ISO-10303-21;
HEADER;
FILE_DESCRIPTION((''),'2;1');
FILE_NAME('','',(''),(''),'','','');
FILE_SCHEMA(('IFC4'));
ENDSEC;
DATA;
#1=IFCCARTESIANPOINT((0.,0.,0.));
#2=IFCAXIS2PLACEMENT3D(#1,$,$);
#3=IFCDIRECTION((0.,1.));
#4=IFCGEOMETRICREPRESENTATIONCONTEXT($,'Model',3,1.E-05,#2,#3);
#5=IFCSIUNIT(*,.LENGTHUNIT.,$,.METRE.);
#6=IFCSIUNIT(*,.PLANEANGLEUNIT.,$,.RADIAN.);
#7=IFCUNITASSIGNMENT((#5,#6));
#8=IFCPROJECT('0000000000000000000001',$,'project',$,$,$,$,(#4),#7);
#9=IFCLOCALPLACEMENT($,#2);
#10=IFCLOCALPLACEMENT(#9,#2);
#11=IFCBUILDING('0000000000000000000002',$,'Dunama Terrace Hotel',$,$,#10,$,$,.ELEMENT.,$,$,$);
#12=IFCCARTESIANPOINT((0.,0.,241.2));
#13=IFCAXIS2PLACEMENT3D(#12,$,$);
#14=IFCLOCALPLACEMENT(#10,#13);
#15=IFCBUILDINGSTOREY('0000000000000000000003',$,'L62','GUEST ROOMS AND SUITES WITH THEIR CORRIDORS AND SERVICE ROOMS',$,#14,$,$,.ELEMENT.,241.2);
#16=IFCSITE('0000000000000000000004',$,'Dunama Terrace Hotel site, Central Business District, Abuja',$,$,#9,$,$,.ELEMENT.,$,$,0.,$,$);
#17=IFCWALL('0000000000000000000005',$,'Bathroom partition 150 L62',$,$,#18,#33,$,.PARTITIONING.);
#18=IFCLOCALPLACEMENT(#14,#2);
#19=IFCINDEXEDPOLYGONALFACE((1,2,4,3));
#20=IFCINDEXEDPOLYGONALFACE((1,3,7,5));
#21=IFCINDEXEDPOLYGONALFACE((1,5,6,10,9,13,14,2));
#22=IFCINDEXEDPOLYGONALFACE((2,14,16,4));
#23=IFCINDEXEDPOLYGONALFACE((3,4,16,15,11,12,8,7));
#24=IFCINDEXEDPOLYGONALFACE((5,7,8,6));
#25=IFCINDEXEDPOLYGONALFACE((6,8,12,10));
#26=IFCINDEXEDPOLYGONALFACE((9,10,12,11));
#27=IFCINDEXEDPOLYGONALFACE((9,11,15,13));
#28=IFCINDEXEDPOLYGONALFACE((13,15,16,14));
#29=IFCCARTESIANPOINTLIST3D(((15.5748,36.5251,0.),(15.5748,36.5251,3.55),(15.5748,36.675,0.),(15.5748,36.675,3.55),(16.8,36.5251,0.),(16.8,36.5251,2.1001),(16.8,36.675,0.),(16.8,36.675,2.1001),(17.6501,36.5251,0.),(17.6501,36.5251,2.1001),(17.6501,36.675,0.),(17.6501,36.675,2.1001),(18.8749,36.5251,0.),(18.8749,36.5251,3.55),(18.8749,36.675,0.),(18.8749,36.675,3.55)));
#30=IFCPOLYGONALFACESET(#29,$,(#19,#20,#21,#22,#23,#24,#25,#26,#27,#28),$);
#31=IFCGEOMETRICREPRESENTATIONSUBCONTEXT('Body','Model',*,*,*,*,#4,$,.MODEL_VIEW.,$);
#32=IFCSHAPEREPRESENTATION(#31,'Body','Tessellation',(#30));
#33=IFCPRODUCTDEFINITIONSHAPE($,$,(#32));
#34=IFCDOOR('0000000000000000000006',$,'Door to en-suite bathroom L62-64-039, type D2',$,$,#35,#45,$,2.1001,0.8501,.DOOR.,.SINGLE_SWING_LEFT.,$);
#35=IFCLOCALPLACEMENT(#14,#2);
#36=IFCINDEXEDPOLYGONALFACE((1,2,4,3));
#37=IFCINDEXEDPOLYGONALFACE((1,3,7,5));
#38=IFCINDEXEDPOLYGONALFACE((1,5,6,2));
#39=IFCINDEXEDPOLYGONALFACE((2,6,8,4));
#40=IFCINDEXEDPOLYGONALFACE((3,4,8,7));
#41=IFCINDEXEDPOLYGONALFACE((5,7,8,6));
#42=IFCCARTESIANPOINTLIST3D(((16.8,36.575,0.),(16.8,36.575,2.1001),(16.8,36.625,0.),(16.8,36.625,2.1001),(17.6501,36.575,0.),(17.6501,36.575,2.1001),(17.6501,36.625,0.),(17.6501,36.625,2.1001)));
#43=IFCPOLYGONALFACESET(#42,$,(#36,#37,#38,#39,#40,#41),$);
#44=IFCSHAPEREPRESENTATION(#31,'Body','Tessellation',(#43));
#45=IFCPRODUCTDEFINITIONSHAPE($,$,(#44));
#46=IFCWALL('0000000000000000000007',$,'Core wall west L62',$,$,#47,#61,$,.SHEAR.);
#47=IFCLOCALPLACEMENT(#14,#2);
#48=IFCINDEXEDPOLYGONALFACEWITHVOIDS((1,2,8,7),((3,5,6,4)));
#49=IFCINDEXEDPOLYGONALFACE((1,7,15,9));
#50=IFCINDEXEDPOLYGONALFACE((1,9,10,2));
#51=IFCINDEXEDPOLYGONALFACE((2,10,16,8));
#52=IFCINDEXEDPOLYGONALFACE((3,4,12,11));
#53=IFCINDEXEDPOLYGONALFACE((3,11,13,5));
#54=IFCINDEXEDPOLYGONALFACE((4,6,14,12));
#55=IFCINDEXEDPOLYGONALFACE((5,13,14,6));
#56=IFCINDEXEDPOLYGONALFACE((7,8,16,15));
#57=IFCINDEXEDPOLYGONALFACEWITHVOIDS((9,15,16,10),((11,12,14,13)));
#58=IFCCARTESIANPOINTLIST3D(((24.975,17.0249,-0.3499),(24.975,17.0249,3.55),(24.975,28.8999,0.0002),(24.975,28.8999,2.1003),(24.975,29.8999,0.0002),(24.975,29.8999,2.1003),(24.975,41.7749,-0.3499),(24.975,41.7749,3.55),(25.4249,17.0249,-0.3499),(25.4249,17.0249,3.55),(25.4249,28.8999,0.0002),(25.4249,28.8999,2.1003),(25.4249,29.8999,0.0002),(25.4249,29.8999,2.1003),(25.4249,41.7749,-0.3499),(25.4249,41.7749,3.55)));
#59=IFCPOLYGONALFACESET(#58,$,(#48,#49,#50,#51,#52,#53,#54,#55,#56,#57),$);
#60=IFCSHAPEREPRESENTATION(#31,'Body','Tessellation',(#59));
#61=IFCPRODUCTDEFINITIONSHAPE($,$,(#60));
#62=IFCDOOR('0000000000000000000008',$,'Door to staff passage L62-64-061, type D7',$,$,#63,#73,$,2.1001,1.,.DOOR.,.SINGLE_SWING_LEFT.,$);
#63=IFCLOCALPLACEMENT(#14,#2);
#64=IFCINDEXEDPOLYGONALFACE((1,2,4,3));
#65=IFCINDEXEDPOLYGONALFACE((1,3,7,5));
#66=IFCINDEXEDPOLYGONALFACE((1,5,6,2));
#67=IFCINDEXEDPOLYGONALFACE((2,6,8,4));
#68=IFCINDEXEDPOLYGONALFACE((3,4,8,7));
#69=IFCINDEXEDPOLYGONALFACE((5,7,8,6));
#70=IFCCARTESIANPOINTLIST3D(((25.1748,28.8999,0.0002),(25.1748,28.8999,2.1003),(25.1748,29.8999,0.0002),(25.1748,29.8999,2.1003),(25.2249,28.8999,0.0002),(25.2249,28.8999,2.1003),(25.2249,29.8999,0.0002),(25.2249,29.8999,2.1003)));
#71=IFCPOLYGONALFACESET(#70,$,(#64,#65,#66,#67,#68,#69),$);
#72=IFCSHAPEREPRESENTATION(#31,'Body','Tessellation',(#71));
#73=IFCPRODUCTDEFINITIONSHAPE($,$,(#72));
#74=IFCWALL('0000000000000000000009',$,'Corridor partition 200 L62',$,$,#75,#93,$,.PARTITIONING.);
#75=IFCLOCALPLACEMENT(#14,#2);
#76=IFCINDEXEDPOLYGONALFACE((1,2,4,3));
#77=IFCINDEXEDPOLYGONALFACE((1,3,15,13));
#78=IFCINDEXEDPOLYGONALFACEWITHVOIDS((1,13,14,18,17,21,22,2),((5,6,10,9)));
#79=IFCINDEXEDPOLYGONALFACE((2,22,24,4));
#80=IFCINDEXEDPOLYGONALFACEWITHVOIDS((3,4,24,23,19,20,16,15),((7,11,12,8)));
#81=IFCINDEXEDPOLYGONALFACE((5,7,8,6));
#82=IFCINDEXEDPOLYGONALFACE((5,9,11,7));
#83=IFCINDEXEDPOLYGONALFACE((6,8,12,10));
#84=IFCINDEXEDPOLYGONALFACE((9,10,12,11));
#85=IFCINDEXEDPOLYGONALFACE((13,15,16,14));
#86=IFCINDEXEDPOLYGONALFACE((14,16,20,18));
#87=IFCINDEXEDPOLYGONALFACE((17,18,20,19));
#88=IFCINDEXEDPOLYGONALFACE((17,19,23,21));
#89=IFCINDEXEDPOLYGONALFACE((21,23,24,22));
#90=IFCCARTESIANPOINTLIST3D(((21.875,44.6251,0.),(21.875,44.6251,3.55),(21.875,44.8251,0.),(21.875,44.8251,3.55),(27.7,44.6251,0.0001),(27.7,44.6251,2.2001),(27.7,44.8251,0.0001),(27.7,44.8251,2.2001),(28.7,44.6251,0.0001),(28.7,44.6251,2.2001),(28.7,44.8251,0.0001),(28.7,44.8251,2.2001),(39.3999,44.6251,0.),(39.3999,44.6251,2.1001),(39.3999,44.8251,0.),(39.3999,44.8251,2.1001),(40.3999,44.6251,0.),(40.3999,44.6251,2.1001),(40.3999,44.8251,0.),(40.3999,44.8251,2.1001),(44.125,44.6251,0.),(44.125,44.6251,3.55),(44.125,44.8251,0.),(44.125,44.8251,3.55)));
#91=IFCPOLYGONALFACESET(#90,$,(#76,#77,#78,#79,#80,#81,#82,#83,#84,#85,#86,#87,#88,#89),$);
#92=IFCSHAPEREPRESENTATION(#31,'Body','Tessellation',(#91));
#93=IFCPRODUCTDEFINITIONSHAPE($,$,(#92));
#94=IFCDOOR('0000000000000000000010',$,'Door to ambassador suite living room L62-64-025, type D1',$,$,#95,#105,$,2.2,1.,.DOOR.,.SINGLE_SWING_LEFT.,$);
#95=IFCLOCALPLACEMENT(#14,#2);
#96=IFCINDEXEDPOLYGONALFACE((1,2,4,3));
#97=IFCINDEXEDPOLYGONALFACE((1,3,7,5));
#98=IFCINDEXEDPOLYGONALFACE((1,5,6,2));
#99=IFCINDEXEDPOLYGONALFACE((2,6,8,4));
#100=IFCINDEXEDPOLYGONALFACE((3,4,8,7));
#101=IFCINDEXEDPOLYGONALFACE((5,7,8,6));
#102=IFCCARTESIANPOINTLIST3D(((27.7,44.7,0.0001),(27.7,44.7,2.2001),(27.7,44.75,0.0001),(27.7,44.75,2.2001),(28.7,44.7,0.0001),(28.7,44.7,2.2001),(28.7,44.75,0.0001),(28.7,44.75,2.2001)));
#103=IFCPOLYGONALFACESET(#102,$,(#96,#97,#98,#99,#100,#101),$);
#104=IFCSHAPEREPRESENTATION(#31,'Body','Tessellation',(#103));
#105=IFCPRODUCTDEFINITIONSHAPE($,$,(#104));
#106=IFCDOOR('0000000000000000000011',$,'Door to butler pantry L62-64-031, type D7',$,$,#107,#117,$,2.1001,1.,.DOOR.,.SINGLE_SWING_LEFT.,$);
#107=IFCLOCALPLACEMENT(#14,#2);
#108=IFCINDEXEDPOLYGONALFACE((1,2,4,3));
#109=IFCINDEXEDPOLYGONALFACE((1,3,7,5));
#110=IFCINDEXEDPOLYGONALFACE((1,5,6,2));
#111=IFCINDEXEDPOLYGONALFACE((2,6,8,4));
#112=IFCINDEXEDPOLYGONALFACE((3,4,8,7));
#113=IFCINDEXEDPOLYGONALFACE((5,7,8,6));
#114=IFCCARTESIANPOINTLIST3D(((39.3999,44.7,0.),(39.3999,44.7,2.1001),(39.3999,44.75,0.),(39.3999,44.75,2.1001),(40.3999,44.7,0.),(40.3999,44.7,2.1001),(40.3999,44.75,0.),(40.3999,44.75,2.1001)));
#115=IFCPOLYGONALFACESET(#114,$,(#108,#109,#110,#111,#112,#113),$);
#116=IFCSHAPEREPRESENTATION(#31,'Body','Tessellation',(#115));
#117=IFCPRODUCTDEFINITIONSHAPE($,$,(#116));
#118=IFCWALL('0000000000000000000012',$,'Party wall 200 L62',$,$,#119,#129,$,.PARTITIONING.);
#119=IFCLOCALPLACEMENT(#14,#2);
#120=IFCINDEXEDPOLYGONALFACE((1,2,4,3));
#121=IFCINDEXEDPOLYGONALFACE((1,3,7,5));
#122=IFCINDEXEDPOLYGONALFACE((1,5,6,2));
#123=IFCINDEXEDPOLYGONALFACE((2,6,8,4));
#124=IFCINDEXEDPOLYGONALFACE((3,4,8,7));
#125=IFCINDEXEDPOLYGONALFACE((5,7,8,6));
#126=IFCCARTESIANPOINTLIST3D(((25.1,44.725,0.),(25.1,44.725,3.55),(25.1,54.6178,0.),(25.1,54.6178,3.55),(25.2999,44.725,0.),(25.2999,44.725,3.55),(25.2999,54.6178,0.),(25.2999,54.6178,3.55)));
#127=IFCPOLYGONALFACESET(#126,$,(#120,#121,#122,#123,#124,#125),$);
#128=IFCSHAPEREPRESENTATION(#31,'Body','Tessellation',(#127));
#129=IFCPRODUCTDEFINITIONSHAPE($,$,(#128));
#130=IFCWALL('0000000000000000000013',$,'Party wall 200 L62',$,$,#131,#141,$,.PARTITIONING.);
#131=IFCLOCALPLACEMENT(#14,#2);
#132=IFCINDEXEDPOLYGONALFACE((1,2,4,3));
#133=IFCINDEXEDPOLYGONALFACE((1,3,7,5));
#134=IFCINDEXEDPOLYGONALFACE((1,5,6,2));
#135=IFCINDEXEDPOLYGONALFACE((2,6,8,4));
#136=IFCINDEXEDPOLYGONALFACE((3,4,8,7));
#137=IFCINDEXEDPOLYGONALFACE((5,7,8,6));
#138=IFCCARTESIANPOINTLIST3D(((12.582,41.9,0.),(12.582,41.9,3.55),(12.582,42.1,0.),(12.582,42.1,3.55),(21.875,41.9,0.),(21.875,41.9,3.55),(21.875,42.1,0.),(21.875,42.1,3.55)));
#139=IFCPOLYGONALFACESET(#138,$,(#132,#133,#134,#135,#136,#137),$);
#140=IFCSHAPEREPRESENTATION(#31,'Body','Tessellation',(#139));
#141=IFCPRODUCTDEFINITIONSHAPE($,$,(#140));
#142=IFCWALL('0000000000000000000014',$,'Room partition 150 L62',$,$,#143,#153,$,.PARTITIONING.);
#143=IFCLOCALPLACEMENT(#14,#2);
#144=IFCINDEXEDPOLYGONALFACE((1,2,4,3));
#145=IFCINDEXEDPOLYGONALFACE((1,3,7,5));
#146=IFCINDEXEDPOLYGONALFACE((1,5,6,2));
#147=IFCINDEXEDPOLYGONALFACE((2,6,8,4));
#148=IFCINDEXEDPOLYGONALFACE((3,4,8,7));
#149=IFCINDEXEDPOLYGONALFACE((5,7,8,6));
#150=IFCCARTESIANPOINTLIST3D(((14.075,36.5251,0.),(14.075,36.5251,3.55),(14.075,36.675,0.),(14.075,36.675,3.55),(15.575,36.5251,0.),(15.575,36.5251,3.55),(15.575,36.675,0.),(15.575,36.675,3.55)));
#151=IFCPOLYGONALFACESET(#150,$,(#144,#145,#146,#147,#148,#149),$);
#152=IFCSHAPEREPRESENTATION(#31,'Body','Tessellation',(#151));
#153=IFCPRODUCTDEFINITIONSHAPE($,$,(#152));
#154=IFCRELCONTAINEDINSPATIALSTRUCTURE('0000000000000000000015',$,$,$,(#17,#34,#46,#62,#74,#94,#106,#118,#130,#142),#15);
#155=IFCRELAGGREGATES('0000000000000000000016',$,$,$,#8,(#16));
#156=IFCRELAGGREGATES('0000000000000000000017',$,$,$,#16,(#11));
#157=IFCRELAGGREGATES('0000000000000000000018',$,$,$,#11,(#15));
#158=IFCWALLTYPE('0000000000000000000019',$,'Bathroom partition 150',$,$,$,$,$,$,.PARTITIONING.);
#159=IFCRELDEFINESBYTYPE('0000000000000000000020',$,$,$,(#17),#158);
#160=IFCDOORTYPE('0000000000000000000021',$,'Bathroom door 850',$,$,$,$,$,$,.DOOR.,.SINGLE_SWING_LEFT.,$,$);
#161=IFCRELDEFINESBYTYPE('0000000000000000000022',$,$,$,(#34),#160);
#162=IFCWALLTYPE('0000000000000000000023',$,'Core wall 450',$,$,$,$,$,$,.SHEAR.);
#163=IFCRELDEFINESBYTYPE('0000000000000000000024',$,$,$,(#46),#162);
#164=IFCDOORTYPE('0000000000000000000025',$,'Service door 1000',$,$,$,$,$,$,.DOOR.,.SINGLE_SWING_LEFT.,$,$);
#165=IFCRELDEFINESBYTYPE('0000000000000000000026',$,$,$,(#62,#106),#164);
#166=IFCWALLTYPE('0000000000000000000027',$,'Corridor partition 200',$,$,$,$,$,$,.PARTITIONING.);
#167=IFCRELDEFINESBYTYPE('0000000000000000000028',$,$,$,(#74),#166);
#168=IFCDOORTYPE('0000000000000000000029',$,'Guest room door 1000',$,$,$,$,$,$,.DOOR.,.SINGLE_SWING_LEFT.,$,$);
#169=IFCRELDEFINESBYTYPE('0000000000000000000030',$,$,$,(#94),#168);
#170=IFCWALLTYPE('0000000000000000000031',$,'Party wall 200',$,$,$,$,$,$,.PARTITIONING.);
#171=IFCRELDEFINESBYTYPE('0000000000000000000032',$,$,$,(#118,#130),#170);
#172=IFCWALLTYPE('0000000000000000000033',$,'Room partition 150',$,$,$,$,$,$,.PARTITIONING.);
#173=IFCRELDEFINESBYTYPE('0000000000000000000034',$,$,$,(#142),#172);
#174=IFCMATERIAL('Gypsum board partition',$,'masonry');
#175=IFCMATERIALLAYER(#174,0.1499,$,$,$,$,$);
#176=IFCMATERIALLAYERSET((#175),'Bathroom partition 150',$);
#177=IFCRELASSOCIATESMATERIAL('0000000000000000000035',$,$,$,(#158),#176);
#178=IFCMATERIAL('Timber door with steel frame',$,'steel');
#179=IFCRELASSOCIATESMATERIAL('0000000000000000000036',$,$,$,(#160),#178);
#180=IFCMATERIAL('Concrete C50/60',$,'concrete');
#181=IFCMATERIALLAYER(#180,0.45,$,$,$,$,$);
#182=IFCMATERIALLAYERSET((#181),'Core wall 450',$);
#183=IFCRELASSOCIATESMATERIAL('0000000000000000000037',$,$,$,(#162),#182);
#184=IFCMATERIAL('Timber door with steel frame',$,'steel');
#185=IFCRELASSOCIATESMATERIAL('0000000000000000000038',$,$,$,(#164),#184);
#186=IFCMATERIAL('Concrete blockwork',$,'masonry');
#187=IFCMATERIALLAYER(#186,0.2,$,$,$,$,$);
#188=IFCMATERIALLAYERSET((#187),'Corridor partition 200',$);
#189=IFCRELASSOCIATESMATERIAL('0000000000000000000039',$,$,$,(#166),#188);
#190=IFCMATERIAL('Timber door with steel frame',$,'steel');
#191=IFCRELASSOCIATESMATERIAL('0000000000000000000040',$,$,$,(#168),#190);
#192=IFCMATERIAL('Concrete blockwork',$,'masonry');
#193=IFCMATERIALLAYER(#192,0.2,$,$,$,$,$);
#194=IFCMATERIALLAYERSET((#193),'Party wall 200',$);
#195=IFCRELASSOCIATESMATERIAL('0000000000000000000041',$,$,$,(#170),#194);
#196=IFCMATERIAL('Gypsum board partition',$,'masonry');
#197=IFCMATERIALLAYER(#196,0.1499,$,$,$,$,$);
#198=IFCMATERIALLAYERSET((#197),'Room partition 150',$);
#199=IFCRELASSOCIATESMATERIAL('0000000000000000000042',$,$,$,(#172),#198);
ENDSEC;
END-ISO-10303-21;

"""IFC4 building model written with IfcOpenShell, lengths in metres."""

from ifc_helpers import new_model, si_unit, direction, frame, frame_2d, origin, place, context, subcontext, project, spatial, rectangle, extrude, material, layer, layer_set, type_object, element, fill, save


model = new_model("IFC4")

# Units and contexts
model_context = context("Model", 3, precision=1e-05, world=origin(), true_north=direction((0.0, 1.0)))
body_context = subcontext(model_context, "Body", "Model", "MODEL_VIEW")
ifc_project = project(units=[si_unit("LENGTHUNIT", "METRE"), si_unit("PLANEANGLEUNIT", "RADIAN")], contexts=[model_context])

# Site, building, storey
site_placement = place(None, origin())
site = spatial("IfcSite", under=ifc_project, at=site_placement, Name="Dunama Terrace Hotel site, Central Business District, Abuja", CompositionType="ELEMENT", RefElevation=0.0)
building_placement = place(site_placement, origin())
building = spatial("IfcBuilding", under=site, at=building_placement, Name="Dunama Terrace Hotel", CompositionType="ELEMENT")
storey_placement = place(building_placement, frame((0.0, 0.0, 241.2)))
storey = spatial("IfcBuildingStorey", under=building, at=storey_placement, Name="L62", Description="GUEST ROOMS AND SUITES WITH THEIR CORRIDORS AND SERVICE ROOMS", CompositionType="ELEMENT", Elevation=241.2)

# Shared definitions
ifc_material_1 = material(Name="Gypsum board partition", Category="masonry")
ifc_layer_1 = layer(ifc_material_1, 0.1499)
ifc_layer_set_1 = layer_set([ifc_layer_1], Name="Bathroom partition 150")
wall_type_1 = type_object("IfcWallType", Name="Bathroom partition 150", PredefinedType="PARTITIONING", material=ifc_layer_set_1)

# Walls, openings, doors
wall_1_placement = place(storey_placement, frame((15.575, 36.6001, 0.0), z_axis=(0.0, 0.0, 1.0), x_axis=(1.0, 0.0, 0.0)))
wall_1 = element("IfcWall", 1, at=wall_1_placement, inside=storey, type_object=wall_type_1, Name="Bathroom partition 150 L62", PredefinedType="PARTITIONING", context=body_context, shape_type="SweptSolid", body=[
    extrude(rectangle(XDim=3.3, YDim=0.1499, at=frame_2d((1.6499, 0.0))), origin(), (0.0, 0.0, 1.0), 3.55),
])
opening_1_placement = place(wall_1_placement, frame((1.2251, 0.0, 0.0)))
opening_1 = element("IfcOpeningElement", 2, at=opening_1_placement, cuts=wall_1, PredefinedType="OPENING", context=body_context, shape_type="SweptSolid", body=[
    extrude(rectangle(XDim=0.8501, YDim=2.1001, at=frame_2d((0.425, 1.05))), frame((0.0, 0.085, 0.0), z_axis=(0.0, -1.0, 0.0), x_axis=(1.0, 0.0, 0.0)), (0.0, 0.0, 1.0), 0.1699),
])
ifc_material_2 = material(Name="Timber door with steel frame", Category="steel")
door_type_1 = type_object("IfcDoorType", Name="Bathroom door 850", OperationType="SINGLE_SWING_LEFT", PredefinedType="DOOR", material=ifc_material_2)
door_1_placement = place(opening_1_placement, frame((0.8501, 0.0, 0.0), z_axis=(0.0, 0.0, 1.0), x_axis=(-1.0, 0.0, 0.0)))
door_1 = element("IfcDoor", 3, at=door_1_placement, inside=storey, type_object=door_type_1, Name="Door to en-suite bathroom L62-64-039, type D2", OperationType="SINGLE_SWING_LEFT", OverallHeight=2.1001, OverallWidth=0.8501, PredefinedType="DOOR", context=body_context, shape_type="SweptSolid", body=[
    extrude(rectangle(XDim=0.8501, YDim=2.1001, at=frame_2d((0.425, 1.05))), frame((0.0, 0.0251, 0.0), z_axis=(0.0, -1.0, 0.0), x_axis=(1.0, 0.0, 0.0)), (0.0, 0.0, 1.0), 0.05),
])
fill(opening_1, door_1)
ifc_material_3 = material(Name="Concrete C50/60", Category="concrete")
ifc_layer_2 = layer(ifc_material_3, 0.45)
ifc_layer_set_2 = layer_set([ifc_layer_2], Name="Core wall 450")
wall_type_2 = type_object("IfcWallType", Name="Core wall 450", PredefinedType="SHEAR", material=ifc_layer_set_2)
wall_2_placement = place(storey_placement, frame((25.2, 41.7749, -0.3499), z_axis=(0.0, 0.0, 1.0), x_axis=(0.0, -1.0, 0.0)))
wall_2 = element("IfcWall", 4, at=wall_2_placement, inside=storey, type_object=wall_type_2, Name="Core wall west L62", PredefinedType="SHEAR", context=body_context, shape_type="SweptSolid", body=[
    extrude(rectangle(XDim=24.75, YDim=0.45, at=frame_2d((12.375, 0.0))), origin(), (0.0, 0.0, 1.0), 3.8999),
])
opening_2_placement = place(wall_2_placement, frame((11.875, 0.0, 0.3501)))
opening_2 = element("IfcOpeningElement", 5, at=opening_2_placement, cuts=wall_2, PredefinedType="OPENING", context=body_context, shape_type="SweptSolid", body=[
    extrude(rectangle(XDim=1.0, YDim=2.1001, at=frame_2d((0.5, 1.05))), frame((0.0, 0.2349, 0.0), z_axis=(0.0, -1.0, 0.0), x_axis=(1.0, 0.0, 0.0)), (0.0, 0.0, 1.0), 0.47),
])
ifc_material_4 = material(Name="Timber door with steel frame", Category="steel")
door_type_2 = type_object("IfcDoorType", Name="Service door 1000", OperationType="SINGLE_SWING_LEFT", PredefinedType="DOOR", material=ifc_material_4)
door_2_placement = place(opening_2_placement, origin())
door_2 = element("IfcDoor", 6, at=door_2_placement, inside=storey, type_object=door_type_2, Name="Door to staff passage L62-64-061, type D7", OperationType="SINGLE_SWING_LEFT", OverallHeight=2.1001, OverallWidth=1.0, PredefinedType="DOOR", context=body_context, shape_type="SweptSolid", body=[
    extrude(rectangle(XDim=1.0, YDim=2.1001, at=frame_2d((0.5, 1.05))), frame((0.0, 0.0249, 0.0), z_axis=(0.0, -1.0, 0.0), x_axis=(1.0, 0.0, 0.0)), (0.0, 0.0, 1.0), 0.05),
])
fill(opening_2, door_2)

# Wall, openings, doors
ifc_material_5 = material(Name="Concrete blockwork", Category="masonry")
ifc_layer_3 = layer(ifc_material_5, 0.2)
ifc_layer_set_3 = layer_set([ifc_layer_3], Name="Corridor partition 200")
wall_type_3 = type_object("IfcWallType", Name="Corridor partition 200", PredefinedType="PARTITIONING", material=ifc_layer_set_3)
wall_3_placement = place(storey_placement, frame((21.875, 44.7251, 0.0), z_axis=(0.0, 0.0, 1.0), x_axis=(1.0, 0.0, 0.0)))
wall_3 = element("IfcWall", 7, at=wall_3_placement, inside=storey, type_object=wall_type_3, Name="Corridor partition 200 L62", PredefinedType="PARTITIONING", context=body_context, shape_type="SweptSolid", body=[
    extrude(rectangle(XDim=22.25, YDim=0.2, at=frame_2d((11.125, 0.0))), origin(), (0.0, 0.0, 1.0), 3.55),
])
opening_3_placement = place(wall_3_placement, frame((5.825, 0.0, 0.0)))
opening_3 = element("IfcOpeningElement", 8, at=opening_3_placement, cuts=wall_3, PredefinedType="OPENING", context=body_context, shape_type="SweptSolid", body=[
    extrude(rectangle(XDim=1.0, YDim=2.2, at=frame_2d((0.5, 1.1001))), frame((0.0, 0.1099, 0.0), z_axis=(0.0, -1.0, 0.0), x_axis=(1.0, 0.0, 0.0)), (0.0, 0.0, 1.0), 0.22),
])
opening_4_placement = place(wall_3_placement, frame((17.5249, 0.0, 0.0)))
opening_4 = element("IfcOpeningElement", 9, at=opening_4_placement, cuts=wall_3, PredefinedType="OPENING", context=body_context, shape_type="SweptSolid", body=[
    extrude(rectangle(XDim=1.0, YDim=2.1001, at=frame_2d((0.5, 1.05))), frame((0.0, 0.1099, 0.0), z_axis=(0.0, -1.0, 0.0), x_axis=(1.0, 0.0, 0.0)), (0.0, 0.0, 1.0), 0.22),
])
ifc_material_6 = material(Name="Timber door with steel frame", Category="steel")
door_type_3 = type_object("IfcDoorType", Name="Guest room door 1000", OperationType="SINGLE_SWING_LEFT", PredefinedType="DOOR", material=ifc_material_6)
door_3_placement = place(opening_3_placement, origin())
door_3 = element("IfcDoor", 10, at=door_3_placement, inside=storey, type_object=door_type_3, Name="Door to ambassador suite living room L62-64-025, type D1", OperationType="SINGLE_SWING_LEFT", OverallHeight=2.2, OverallWidth=1.0, PredefinedType="DOOR", context=body_context, shape_type="SweptSolid", body=[
    extrude(rectangle(XDim=1.0, YDim=2.2, at=frame_2d((0.5, 1.1001))), frame((0.0, 0.0249, 0.0), z_axis=(0.0, -1.0, 0.0), x_axis=(1.0, 0.0, 0.0)), (0.0, 0.0, 1.0), 0.05),
])
fill(opening_3, door_3)
door_4_placement = place(opening_4_placement, origin())
door_4 = element("IfcDoor", 11, at=door_4_placement, inside=storey, type_object=door_type_2, Name="Door to butler pantry L62-64-031, type D7", OperationType="SINGLE_SWING_LEFT", OverallHeight=2.1001, OverallWidth=1.0, PredefinedType="DOOR", context=body_context, shape_type="SweptSolid", body=[
    extrude(rectangle(XDim=1.0, YDim=2.1001, at=frame_2d((0.5, 1.05))), frame((0.0, 0.0249, 0.0), z_axis=(0.0, -1.0, 0.0), x_axis=(1.0, 0.0, 0.0)), (0.0, 0.0, 1.0), 0.05),
])
fill(opening_4, door_4)

# Walls
ifc_material_7 = material(Name="Concrete blockwork", Category="masonry")
ifc_layer_4 = layer(ifc_material_7, 0.2)
ifc_layer_set_4 = layer_set([ifc_layer_4], Name="Party wall 200")
wall_type_4 = type_object("IfcWallType", Name="Party wall 200", PredefinedType="PARTITIONING", material=ifc_layer_set_4)
wall_4_placement = place(storey_placement, frame((25.2, 44.7251, 0.0), z_axis=(0.0, 0.0, 1.0), x_axis=(0.0, 1.0, 0.0)))
element("IfcWall", 12, at=wall_4_placement, inside=storey, type_object=wall_type_4, Name="Party wall 200 L62", PredefinedType="PARTITIONING", context=body_context, shape_type="SweptSolid", body=[
    extrude(rectangle(XDim=9.8928, YDim=0.2, at=frame_2d((4.9463, 0.0))), origin(), (0.0, 0.0, 1.0), 3.55),
])
wall_5_placement = place(storey_placement, frame((12.582, 42.0, 0.0), z_axis=(0.0, 0.0, 1.0), x_axis=(1.0, 0.0, 0.0)))
element("IfcWall", 13, at=wall_5_placement, inside=storey, type_object=wall_type_4, Name="Party wall 200 L62", PredefinedType="PARTITIONING", context=body_context, shape_type="SweptSolid", body=[
    extrude(rectangle(XDim=9.293, YDim=0.2, at=frame_2d((4.6465, 0.0))), origin(), (0.0, 0.0, 1.0), 3.55),
])
ifc_material_8 = material(Name="Gypsum board partition", Category="masonry")
ifc_layer_5 = layer(ifc_material_8, 0.1499)
ifc_layer_set_5 = layer_set([ifc_layer_5], Name="Room partition 150")
wall_type_5 = type_object("IfcWallType", Name="Room partition 150", PredefinedType="PARTITIONING", material=ifc_layer_set_5)
wall_6_placement = place(storey_placement, frame((14.075, 36.6001, 0.0), z_axis=(0.0, 0.0, 1.0), x_axis=(1.0, 0.0, 0.0)))
element("IfcWall", 14, at=wall_6_placement, inside=storey, type_object=wall_type_5, Name="Room partition 150 L62", PredefinedType="PARTITIONING", context=body_context, shape_type="SweptSolid", body=[
    extrude(rectangle(XDim=1.5, YDim=0.1499, at=frame_2d((0.75, 0.0))), origin(), (0.0, 0.0, 1.0), 3.55),
])

save(model, "model.ifc")
